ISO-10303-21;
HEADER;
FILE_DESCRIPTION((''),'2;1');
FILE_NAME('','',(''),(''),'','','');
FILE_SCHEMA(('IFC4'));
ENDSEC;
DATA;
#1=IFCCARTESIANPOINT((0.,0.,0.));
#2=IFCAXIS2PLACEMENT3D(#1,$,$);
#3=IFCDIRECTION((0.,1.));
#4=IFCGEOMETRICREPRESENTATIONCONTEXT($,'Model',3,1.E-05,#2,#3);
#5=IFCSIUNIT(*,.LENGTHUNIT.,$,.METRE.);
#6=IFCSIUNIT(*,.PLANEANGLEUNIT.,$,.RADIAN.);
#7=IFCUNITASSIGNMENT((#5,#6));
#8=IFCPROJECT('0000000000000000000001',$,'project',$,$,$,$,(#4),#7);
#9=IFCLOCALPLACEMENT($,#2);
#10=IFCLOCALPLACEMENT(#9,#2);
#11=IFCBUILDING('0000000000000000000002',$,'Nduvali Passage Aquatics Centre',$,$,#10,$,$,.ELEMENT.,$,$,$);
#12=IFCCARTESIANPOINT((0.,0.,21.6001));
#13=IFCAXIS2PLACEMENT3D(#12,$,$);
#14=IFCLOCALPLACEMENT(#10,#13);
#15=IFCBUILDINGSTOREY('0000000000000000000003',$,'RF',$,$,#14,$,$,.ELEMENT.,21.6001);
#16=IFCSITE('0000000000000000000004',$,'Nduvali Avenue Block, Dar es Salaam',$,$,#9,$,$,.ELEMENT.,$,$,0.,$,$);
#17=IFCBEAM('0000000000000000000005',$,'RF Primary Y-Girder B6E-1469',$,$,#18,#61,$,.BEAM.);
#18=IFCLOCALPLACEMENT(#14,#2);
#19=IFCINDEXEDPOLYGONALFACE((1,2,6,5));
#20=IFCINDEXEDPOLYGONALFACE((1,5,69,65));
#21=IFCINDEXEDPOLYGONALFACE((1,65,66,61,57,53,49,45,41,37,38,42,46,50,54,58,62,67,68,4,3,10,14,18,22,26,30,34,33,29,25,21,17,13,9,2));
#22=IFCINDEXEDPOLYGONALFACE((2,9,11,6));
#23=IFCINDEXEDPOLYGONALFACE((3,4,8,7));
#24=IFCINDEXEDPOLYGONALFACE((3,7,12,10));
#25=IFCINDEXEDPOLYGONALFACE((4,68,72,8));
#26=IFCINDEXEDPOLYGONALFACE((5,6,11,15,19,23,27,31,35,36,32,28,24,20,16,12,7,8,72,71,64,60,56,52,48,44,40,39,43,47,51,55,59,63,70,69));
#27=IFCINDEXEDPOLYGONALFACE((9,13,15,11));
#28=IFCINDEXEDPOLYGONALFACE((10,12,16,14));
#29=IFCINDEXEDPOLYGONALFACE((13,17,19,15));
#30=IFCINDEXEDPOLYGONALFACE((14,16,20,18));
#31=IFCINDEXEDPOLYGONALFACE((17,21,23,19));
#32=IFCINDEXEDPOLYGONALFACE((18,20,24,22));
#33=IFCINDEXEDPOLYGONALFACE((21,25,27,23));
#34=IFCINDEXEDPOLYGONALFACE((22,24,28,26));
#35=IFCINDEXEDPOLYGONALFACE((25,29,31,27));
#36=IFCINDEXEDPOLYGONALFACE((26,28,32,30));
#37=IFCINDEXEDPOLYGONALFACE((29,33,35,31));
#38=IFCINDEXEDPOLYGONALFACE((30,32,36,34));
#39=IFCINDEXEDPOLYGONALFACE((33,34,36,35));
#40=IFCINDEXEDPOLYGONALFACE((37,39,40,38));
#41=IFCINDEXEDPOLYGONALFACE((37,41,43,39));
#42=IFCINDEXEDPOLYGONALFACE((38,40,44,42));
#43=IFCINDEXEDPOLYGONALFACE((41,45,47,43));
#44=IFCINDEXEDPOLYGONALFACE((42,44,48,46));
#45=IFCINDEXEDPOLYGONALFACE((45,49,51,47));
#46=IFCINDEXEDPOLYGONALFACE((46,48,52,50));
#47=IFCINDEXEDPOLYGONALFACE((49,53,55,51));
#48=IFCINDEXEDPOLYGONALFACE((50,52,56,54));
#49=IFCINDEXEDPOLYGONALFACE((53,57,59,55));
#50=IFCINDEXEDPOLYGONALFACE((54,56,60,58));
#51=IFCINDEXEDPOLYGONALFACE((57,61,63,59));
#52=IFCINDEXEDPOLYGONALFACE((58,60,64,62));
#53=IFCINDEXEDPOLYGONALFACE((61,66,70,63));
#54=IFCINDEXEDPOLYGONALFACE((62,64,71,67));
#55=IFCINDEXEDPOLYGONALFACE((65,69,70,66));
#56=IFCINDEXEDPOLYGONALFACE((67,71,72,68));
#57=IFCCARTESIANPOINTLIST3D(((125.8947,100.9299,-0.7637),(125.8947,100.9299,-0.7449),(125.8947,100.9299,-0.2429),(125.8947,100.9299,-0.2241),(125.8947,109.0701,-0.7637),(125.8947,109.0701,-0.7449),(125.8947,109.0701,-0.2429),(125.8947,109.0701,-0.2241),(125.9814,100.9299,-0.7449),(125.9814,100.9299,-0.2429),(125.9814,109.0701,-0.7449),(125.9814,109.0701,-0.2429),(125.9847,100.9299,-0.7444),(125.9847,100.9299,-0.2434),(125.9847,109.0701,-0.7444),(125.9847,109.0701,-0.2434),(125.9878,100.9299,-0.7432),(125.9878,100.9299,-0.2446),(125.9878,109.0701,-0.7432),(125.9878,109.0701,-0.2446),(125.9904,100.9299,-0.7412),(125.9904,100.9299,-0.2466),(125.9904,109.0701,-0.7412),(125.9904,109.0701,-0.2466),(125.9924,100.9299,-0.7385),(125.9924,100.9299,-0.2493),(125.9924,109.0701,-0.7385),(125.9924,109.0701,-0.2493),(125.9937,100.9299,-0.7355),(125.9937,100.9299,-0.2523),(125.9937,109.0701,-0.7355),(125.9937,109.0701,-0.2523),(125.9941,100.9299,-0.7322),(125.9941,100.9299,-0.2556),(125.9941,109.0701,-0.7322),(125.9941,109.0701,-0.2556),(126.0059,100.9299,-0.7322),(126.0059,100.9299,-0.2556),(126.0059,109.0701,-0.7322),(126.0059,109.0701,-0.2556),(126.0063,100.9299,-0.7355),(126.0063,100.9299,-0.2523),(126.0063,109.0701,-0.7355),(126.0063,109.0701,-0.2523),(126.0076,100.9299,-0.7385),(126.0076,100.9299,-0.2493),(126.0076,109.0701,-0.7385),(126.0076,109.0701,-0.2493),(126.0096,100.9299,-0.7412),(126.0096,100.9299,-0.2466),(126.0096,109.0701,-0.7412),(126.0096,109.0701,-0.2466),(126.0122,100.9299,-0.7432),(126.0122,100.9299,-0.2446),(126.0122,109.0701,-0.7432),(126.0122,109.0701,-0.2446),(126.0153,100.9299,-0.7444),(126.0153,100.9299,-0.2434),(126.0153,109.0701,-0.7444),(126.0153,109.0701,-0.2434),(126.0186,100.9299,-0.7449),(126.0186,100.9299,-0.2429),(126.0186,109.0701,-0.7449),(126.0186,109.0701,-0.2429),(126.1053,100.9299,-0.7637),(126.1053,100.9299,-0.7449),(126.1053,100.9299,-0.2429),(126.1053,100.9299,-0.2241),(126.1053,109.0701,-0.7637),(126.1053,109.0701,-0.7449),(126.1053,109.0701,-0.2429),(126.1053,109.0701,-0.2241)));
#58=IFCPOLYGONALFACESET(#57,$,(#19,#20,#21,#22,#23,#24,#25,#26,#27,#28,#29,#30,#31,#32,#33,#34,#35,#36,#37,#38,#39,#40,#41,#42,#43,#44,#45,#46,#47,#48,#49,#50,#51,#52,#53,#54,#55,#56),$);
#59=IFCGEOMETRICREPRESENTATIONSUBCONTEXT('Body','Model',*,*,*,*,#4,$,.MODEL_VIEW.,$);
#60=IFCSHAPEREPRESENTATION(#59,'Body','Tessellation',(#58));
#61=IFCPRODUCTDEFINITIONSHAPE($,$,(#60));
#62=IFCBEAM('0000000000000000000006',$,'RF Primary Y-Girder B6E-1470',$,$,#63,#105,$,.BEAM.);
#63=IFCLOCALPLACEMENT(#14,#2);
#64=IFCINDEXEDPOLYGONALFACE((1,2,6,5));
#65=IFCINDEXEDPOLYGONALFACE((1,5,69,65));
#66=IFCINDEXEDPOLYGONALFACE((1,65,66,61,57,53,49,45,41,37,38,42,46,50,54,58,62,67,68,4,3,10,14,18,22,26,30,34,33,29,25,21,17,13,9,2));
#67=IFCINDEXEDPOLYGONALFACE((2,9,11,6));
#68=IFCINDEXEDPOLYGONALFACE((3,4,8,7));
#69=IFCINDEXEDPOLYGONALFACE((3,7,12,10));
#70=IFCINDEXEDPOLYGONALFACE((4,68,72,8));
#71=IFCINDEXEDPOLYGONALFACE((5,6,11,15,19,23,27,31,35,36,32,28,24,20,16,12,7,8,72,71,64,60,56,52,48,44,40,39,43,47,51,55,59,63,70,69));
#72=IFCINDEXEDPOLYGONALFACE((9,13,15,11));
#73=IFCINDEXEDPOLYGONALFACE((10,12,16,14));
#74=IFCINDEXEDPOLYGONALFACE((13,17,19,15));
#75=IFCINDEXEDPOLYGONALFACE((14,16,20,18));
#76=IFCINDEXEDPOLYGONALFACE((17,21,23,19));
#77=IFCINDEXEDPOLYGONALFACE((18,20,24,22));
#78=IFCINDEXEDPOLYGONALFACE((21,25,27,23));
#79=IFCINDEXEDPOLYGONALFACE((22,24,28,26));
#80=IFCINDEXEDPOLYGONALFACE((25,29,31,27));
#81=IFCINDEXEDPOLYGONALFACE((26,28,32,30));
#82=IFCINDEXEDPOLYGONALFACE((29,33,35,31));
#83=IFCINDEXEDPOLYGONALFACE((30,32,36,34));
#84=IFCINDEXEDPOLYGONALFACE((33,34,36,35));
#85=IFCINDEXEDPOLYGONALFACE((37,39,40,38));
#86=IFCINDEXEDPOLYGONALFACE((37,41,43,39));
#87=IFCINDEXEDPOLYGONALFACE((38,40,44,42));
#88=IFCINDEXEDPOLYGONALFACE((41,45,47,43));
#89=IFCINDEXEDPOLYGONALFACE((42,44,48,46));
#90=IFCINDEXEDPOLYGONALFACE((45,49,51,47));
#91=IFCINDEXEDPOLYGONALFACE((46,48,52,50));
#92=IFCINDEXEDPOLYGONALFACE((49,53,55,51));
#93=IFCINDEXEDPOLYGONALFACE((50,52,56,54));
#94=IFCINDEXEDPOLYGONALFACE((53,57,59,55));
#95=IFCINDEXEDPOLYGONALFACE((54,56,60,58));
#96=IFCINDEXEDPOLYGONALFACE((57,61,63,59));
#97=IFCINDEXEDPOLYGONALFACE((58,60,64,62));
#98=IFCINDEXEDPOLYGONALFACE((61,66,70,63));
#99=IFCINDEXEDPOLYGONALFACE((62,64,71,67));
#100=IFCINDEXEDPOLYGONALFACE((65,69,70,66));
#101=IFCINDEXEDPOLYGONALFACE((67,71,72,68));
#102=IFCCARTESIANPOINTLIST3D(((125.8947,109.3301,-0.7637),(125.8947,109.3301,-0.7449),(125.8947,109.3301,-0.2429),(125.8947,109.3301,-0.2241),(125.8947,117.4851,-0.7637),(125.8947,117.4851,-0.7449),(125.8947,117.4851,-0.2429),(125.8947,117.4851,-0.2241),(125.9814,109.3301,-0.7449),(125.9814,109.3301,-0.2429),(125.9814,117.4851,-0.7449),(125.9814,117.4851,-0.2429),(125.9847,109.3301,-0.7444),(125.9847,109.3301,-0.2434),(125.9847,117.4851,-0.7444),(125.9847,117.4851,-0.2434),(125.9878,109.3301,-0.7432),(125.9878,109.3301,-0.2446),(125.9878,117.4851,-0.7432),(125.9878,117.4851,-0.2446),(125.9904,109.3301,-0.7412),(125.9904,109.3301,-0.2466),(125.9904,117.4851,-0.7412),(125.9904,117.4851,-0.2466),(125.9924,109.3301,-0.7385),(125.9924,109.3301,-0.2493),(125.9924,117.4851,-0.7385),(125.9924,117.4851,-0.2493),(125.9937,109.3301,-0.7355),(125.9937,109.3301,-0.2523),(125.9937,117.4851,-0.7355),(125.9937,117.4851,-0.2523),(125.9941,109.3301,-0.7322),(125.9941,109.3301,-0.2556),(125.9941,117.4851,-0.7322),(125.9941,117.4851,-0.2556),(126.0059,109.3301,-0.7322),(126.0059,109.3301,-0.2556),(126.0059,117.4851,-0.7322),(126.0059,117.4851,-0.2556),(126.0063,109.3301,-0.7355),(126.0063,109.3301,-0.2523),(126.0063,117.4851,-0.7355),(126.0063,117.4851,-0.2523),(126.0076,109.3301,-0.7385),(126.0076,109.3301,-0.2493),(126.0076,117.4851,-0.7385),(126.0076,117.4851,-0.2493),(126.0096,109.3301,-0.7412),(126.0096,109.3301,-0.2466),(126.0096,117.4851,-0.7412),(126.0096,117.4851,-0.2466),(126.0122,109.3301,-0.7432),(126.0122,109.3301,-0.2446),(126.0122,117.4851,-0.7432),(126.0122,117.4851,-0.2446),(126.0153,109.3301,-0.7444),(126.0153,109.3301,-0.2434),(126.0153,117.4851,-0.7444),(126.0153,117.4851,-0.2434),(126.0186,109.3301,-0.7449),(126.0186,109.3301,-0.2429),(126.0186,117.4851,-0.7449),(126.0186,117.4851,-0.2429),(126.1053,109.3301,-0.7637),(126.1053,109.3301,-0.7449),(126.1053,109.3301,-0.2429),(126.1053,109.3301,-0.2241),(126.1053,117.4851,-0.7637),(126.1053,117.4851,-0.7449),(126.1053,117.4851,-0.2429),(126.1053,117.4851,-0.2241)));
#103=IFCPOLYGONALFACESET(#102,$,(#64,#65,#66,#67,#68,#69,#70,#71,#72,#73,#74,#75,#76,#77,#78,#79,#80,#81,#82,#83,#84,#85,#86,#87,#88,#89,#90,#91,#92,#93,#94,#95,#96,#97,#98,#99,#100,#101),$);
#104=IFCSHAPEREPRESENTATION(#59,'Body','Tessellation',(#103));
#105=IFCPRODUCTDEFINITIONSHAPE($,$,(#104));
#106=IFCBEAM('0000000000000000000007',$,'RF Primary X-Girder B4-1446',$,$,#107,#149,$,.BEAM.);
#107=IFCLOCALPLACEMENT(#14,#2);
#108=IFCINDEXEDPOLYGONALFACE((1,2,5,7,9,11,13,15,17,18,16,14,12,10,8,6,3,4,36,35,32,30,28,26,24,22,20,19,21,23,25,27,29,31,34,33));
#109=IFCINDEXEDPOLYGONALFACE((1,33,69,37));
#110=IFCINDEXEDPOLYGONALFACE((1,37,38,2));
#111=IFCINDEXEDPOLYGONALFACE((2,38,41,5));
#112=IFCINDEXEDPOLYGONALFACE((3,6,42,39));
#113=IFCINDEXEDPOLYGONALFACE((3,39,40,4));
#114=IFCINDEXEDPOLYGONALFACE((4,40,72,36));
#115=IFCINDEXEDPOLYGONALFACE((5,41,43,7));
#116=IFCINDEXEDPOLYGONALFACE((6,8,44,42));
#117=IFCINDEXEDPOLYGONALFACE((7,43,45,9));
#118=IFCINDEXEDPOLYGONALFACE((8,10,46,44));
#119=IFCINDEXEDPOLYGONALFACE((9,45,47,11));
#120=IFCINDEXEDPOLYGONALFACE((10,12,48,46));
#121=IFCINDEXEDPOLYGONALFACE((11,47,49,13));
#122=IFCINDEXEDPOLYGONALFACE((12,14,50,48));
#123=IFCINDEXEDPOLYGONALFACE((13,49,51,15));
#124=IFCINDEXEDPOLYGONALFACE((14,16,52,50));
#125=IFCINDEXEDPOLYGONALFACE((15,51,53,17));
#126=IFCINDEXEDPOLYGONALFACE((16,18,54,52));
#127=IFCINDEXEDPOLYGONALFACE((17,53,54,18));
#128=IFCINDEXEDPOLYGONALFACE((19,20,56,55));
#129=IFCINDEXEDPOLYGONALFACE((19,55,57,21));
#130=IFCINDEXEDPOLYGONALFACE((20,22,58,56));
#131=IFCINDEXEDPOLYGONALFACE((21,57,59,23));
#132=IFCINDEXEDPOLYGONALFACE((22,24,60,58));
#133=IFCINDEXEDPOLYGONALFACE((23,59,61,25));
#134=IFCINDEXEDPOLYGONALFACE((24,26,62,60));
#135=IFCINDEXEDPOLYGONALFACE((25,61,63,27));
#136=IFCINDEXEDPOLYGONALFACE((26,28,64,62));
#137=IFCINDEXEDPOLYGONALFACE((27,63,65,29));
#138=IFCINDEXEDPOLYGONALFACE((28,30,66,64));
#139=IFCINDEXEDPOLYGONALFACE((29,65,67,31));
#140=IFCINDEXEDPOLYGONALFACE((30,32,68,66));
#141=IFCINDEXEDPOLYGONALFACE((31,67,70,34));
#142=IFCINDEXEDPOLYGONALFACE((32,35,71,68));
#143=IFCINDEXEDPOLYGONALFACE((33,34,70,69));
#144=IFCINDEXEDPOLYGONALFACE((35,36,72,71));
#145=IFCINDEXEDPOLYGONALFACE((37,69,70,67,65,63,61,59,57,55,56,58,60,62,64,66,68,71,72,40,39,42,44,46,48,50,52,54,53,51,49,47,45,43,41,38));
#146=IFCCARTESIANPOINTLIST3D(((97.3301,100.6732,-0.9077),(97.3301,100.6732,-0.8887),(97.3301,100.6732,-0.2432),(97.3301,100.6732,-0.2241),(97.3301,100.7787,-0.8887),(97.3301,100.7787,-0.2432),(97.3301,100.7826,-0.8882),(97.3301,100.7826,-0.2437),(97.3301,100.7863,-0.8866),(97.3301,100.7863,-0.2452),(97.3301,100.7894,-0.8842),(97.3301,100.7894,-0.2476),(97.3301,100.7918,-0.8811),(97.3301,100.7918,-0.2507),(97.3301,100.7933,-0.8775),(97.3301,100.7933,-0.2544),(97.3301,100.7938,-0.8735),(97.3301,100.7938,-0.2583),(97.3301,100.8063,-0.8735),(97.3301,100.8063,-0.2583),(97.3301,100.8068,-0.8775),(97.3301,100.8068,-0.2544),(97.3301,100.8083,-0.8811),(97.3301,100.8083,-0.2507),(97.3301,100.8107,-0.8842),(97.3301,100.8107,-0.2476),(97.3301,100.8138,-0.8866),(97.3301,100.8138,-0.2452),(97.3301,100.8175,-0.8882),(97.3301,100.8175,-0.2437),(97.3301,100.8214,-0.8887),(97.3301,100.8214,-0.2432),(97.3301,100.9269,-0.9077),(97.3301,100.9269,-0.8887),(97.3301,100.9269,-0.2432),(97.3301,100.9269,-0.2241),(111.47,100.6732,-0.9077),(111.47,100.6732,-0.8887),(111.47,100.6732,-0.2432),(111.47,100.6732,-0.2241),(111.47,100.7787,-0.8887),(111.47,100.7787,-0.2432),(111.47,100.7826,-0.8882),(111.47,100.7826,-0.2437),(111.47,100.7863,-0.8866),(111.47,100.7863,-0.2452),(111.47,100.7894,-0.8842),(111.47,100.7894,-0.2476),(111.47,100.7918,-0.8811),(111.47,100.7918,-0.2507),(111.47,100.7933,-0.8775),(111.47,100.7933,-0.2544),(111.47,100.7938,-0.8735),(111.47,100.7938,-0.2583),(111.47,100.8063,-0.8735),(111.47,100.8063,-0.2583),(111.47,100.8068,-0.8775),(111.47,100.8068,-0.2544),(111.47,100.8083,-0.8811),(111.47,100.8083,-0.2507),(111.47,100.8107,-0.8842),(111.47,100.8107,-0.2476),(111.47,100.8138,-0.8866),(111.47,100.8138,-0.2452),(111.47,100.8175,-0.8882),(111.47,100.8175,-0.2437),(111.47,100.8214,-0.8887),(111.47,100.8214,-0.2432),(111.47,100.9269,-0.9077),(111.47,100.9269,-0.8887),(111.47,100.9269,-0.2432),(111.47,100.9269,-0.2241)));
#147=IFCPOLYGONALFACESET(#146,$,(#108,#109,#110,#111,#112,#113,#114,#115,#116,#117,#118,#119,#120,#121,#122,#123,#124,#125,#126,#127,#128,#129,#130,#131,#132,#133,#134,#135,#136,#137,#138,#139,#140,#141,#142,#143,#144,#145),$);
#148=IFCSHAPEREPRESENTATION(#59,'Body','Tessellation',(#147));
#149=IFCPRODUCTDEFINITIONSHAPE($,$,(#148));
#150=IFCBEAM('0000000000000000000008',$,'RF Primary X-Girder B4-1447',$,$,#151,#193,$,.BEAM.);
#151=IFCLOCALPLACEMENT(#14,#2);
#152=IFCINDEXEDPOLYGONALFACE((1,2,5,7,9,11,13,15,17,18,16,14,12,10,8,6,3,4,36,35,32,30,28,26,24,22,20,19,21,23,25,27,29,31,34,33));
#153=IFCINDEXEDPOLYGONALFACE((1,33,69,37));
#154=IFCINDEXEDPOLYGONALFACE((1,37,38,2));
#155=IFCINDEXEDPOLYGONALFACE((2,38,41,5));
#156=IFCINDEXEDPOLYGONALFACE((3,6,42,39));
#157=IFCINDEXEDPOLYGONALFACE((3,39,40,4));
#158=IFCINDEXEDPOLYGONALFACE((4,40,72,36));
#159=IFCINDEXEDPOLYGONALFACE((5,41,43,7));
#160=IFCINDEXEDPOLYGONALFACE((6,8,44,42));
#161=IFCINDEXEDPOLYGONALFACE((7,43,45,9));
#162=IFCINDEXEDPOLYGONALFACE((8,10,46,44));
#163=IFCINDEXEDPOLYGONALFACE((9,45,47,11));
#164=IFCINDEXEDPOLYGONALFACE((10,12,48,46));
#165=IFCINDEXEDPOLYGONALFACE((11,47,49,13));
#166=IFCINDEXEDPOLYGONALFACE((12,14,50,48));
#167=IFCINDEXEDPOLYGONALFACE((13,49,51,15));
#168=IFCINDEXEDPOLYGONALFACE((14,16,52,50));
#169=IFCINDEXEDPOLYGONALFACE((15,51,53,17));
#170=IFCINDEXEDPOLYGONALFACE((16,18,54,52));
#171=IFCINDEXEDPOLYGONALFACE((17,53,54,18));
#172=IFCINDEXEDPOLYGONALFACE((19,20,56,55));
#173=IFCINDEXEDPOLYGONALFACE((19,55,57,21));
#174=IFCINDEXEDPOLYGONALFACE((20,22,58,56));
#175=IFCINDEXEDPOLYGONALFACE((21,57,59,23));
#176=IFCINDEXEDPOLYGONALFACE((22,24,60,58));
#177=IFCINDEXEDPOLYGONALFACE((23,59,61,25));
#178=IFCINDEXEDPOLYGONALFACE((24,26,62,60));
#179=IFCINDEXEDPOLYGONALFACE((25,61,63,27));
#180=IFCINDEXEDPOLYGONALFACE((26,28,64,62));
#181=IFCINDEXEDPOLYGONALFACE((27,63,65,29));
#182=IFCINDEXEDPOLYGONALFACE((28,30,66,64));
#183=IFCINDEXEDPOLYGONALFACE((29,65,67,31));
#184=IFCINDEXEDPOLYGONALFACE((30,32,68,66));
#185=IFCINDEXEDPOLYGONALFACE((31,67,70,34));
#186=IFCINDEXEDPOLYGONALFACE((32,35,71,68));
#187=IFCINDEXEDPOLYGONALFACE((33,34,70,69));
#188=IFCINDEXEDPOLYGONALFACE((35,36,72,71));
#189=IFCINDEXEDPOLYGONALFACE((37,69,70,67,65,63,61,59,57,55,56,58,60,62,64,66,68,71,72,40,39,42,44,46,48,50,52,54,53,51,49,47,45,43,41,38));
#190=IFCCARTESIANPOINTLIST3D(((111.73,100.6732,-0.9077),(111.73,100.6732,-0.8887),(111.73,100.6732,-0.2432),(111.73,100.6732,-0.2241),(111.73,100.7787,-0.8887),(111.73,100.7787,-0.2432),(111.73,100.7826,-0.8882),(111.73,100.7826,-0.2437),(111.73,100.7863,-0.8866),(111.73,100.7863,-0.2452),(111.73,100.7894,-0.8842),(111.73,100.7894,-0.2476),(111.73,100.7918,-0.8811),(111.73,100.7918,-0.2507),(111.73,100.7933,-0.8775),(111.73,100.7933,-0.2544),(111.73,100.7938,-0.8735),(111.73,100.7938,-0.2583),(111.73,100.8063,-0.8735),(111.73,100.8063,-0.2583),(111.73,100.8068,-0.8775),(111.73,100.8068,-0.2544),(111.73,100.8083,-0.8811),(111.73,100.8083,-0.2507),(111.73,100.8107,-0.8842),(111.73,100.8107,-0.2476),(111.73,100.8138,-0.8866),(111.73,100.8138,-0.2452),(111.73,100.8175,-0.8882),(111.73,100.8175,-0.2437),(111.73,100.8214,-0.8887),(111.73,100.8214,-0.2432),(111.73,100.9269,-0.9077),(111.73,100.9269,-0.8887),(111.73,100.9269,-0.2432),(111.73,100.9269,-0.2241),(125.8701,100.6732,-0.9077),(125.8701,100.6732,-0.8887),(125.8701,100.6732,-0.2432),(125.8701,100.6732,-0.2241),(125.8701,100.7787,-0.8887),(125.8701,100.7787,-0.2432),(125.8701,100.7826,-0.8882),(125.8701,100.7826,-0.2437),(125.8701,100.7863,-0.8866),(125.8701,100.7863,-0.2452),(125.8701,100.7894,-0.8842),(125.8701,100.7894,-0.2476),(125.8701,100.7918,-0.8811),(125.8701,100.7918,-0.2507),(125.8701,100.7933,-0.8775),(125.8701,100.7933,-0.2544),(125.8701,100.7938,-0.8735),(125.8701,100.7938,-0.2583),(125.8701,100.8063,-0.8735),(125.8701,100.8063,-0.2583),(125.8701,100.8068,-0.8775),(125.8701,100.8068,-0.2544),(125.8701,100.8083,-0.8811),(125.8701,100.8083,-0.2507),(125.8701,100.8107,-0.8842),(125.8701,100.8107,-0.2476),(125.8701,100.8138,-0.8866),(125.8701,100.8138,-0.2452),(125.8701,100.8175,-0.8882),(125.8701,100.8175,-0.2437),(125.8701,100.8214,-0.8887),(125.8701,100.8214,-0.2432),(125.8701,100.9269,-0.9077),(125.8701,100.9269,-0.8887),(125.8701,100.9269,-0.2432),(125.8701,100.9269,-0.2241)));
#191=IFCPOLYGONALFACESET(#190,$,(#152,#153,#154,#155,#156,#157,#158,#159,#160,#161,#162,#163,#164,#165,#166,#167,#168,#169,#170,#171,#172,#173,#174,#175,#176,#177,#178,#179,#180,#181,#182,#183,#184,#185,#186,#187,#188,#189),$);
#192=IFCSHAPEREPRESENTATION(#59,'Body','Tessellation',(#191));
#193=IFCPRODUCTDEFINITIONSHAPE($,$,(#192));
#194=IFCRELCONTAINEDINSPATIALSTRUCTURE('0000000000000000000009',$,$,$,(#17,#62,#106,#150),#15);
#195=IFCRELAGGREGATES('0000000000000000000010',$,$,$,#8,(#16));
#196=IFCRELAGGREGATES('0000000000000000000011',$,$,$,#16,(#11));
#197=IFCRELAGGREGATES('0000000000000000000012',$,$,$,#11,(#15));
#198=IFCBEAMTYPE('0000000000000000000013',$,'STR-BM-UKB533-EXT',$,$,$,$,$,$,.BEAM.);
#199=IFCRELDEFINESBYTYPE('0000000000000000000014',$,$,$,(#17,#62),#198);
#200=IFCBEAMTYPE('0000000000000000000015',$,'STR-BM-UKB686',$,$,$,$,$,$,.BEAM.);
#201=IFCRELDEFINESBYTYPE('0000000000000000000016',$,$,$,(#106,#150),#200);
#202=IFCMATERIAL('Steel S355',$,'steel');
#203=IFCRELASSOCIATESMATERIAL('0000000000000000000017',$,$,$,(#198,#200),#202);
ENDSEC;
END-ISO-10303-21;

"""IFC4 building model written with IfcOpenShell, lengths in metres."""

from ifc_helpers import new_model, si_unit, direction, frame, origin, origin_2d, place, context, subcontext, project, spatial, i_section, extrude, material, material_profile, profile_set, type_object, element, save


model = new_model("IFC4")

# Units and contexts
model_context = context("Model", 3, precision=1e-05, world=origin(), true_north=direction((0.0, 1.0)))
body_context = subcontext(model_context, "Body", "Model", "MODEL_VIEW")
ifc_project = project(units=[si_unit("LENGTHUNIT", "METRE"), si_unit("PLANEANGLEUNIT", "RADIAN")], contexts=[model_context])

# Site, building, storey
site_placement = place(None, origin())
site = spatial("IfcSite", under=ifc_project, at=site_placement, Name="Nduvali Avenue Block, Dar es Salaam", CompositionType="ELEMENT", RefElevation=0.0)
building_placement = place(site_placement, origin())
building = spatial("IfcBuilding", under=site, at=building_placement, Name="Nduvali Passage Aquatics Centre", CompositionType="ELEMENT")
storey_placement = place(building_placement, frame((0.0, 0.0, 21.6001)))
storey = spatial("IfcBuildingStorey", under=building, at=storey_placement, Name="RF", CompositionType="ELEMENT", Elevation=21.6001)

# Beams
ifc_material_1 = material(Name="Steel S355", Category="steel")
ifc_material_profile_1 = material_profile(ifc_material_1, i_section(OverallWidth=0.2107, OverallDepth=0.5396, WebThickness=0.0117, FlangeThickness=0.0188, FilletRadius=0.0127, at=origin_2d()), Name="UKB 533x210x109")
ifc_profile_set_1 = profile_set([ifc_material_profile_1], Name="Steel S355")
beam_type_1 = type_object("IfcBeamType", Name="STR-BM-UKB533-EXT", PredefinedType="BEAM", material=ifc_profile_set_1)
beam_1_placement = place(storey_placement, frame((126.0, 100.9299, -0.4939), z_axis=(0.0, 1.0, 0.0), x_axis=(-1.0, 0.0, 0.0)))
element("IfcBeam", 1, at=beam_1_placement, inside=storey, type_object=beam_type_1, Name="RF Primary Y-Girder B6E-1469", PredefinedType="BEAM", context=body_context, shape_type="SweptSolid", body=[
    extrude(i_section(OverallWidth=0.2107, OverallDepth=0.5396, WebThickness=0.0117, FlangeThickness=0.0188, FilletRadius=0.0127, at=origin_2d()), origin(), (0.0, 0.0, 1.0), 8.1401),
])
beam_2_placement = place(storey_placement, frame((126.0, 109.3301, -0.4939), z_axis=(0.0, 1.0, 0.0), x_axis=(-1.0, 0.0, 0.0)))
element("IfcBeam", 2, at=beam_2_placement, inside=storey, type_object=beam_type_1, Name="RF Primary Y-Girder B6E-1470", PredefinedType="BEAM", context=body_context, shape_type="SweptSolid", body=[
    extrude(i_section(OverallWidth=0.2107, OverallDepth=0.5396, WebThickness=0.0117, FlangeThickness=0.0188, FilletRadius=0.0127, at=origin_2d()), origin(), (0.0, 0.0, 1.0), 8.155),
])
ifc_material_profile_2 = material_profile(ifc_material_1, i_section(OverallWidth=0.2537, OverallDepth=0.6836, WebThickness=0.0125, FlangeThickness=0.019, FilletRadius=0.0151, at=origin_2d()), Name="UKB 686x254x140")
ifc_profile_set_2 = profile_set([ifc_material_profile_2], Name="Steel S355")
beam_type_2 = type_object("IfcBeamType", Name="STR-BM-UKB686", PredefinedType="BEAM", material=ifc_profile_set_2)
beam_3_placement = place(storey_placement, frame((97.3301, 100.8, -0.5659), z_axis=(1.0, 0.0, 0.0), x_axis=(0.0, 1.0, 0.0)))
element("IfcBeam", 3, at=beam_3_placement, inside=storey, type_object=beam_type_2, Name="RF Primary X-Girder B4-1446", PredefinedType="BEAM", context=body_context, shape_type="SweptSolid", body=[
    extrude(i_section(OverallWidth=0.2537, OverallDepth=0.6836, WebThickness=0.0125, FlangeThickness=0.019, FilletRadius=0.0151, at=origin_2d()), origin(), (0.0, 0.0, 1.0), 14.1399),
])
beam_4_placement = place(storey_placement, frame((111.73, 100.8, -0.5659), z_axis=(1.0, 0.0, 0.0), x_axis=(0.0, 1.0, 0.0)))
element("IfcBeam", 4, at=beam_4_placement, inside=storey, type_object=beam_type_2, Name="RF Primary X-Girder B4-1447", PredefinedType="BEAM", context=body_context, shape_type="SweptSolid", body=[
    extrude(i_section(OverallWidth=0.2537, OverallDepth=0.6836, WebThickness=0.0125, FlangeThickness=0.019, FilletRadius=0.0151, at=origin_2d()), origin(), (0.0, 0.0, 1.0), 14.1401),
])

save(model, "model.ifc")
